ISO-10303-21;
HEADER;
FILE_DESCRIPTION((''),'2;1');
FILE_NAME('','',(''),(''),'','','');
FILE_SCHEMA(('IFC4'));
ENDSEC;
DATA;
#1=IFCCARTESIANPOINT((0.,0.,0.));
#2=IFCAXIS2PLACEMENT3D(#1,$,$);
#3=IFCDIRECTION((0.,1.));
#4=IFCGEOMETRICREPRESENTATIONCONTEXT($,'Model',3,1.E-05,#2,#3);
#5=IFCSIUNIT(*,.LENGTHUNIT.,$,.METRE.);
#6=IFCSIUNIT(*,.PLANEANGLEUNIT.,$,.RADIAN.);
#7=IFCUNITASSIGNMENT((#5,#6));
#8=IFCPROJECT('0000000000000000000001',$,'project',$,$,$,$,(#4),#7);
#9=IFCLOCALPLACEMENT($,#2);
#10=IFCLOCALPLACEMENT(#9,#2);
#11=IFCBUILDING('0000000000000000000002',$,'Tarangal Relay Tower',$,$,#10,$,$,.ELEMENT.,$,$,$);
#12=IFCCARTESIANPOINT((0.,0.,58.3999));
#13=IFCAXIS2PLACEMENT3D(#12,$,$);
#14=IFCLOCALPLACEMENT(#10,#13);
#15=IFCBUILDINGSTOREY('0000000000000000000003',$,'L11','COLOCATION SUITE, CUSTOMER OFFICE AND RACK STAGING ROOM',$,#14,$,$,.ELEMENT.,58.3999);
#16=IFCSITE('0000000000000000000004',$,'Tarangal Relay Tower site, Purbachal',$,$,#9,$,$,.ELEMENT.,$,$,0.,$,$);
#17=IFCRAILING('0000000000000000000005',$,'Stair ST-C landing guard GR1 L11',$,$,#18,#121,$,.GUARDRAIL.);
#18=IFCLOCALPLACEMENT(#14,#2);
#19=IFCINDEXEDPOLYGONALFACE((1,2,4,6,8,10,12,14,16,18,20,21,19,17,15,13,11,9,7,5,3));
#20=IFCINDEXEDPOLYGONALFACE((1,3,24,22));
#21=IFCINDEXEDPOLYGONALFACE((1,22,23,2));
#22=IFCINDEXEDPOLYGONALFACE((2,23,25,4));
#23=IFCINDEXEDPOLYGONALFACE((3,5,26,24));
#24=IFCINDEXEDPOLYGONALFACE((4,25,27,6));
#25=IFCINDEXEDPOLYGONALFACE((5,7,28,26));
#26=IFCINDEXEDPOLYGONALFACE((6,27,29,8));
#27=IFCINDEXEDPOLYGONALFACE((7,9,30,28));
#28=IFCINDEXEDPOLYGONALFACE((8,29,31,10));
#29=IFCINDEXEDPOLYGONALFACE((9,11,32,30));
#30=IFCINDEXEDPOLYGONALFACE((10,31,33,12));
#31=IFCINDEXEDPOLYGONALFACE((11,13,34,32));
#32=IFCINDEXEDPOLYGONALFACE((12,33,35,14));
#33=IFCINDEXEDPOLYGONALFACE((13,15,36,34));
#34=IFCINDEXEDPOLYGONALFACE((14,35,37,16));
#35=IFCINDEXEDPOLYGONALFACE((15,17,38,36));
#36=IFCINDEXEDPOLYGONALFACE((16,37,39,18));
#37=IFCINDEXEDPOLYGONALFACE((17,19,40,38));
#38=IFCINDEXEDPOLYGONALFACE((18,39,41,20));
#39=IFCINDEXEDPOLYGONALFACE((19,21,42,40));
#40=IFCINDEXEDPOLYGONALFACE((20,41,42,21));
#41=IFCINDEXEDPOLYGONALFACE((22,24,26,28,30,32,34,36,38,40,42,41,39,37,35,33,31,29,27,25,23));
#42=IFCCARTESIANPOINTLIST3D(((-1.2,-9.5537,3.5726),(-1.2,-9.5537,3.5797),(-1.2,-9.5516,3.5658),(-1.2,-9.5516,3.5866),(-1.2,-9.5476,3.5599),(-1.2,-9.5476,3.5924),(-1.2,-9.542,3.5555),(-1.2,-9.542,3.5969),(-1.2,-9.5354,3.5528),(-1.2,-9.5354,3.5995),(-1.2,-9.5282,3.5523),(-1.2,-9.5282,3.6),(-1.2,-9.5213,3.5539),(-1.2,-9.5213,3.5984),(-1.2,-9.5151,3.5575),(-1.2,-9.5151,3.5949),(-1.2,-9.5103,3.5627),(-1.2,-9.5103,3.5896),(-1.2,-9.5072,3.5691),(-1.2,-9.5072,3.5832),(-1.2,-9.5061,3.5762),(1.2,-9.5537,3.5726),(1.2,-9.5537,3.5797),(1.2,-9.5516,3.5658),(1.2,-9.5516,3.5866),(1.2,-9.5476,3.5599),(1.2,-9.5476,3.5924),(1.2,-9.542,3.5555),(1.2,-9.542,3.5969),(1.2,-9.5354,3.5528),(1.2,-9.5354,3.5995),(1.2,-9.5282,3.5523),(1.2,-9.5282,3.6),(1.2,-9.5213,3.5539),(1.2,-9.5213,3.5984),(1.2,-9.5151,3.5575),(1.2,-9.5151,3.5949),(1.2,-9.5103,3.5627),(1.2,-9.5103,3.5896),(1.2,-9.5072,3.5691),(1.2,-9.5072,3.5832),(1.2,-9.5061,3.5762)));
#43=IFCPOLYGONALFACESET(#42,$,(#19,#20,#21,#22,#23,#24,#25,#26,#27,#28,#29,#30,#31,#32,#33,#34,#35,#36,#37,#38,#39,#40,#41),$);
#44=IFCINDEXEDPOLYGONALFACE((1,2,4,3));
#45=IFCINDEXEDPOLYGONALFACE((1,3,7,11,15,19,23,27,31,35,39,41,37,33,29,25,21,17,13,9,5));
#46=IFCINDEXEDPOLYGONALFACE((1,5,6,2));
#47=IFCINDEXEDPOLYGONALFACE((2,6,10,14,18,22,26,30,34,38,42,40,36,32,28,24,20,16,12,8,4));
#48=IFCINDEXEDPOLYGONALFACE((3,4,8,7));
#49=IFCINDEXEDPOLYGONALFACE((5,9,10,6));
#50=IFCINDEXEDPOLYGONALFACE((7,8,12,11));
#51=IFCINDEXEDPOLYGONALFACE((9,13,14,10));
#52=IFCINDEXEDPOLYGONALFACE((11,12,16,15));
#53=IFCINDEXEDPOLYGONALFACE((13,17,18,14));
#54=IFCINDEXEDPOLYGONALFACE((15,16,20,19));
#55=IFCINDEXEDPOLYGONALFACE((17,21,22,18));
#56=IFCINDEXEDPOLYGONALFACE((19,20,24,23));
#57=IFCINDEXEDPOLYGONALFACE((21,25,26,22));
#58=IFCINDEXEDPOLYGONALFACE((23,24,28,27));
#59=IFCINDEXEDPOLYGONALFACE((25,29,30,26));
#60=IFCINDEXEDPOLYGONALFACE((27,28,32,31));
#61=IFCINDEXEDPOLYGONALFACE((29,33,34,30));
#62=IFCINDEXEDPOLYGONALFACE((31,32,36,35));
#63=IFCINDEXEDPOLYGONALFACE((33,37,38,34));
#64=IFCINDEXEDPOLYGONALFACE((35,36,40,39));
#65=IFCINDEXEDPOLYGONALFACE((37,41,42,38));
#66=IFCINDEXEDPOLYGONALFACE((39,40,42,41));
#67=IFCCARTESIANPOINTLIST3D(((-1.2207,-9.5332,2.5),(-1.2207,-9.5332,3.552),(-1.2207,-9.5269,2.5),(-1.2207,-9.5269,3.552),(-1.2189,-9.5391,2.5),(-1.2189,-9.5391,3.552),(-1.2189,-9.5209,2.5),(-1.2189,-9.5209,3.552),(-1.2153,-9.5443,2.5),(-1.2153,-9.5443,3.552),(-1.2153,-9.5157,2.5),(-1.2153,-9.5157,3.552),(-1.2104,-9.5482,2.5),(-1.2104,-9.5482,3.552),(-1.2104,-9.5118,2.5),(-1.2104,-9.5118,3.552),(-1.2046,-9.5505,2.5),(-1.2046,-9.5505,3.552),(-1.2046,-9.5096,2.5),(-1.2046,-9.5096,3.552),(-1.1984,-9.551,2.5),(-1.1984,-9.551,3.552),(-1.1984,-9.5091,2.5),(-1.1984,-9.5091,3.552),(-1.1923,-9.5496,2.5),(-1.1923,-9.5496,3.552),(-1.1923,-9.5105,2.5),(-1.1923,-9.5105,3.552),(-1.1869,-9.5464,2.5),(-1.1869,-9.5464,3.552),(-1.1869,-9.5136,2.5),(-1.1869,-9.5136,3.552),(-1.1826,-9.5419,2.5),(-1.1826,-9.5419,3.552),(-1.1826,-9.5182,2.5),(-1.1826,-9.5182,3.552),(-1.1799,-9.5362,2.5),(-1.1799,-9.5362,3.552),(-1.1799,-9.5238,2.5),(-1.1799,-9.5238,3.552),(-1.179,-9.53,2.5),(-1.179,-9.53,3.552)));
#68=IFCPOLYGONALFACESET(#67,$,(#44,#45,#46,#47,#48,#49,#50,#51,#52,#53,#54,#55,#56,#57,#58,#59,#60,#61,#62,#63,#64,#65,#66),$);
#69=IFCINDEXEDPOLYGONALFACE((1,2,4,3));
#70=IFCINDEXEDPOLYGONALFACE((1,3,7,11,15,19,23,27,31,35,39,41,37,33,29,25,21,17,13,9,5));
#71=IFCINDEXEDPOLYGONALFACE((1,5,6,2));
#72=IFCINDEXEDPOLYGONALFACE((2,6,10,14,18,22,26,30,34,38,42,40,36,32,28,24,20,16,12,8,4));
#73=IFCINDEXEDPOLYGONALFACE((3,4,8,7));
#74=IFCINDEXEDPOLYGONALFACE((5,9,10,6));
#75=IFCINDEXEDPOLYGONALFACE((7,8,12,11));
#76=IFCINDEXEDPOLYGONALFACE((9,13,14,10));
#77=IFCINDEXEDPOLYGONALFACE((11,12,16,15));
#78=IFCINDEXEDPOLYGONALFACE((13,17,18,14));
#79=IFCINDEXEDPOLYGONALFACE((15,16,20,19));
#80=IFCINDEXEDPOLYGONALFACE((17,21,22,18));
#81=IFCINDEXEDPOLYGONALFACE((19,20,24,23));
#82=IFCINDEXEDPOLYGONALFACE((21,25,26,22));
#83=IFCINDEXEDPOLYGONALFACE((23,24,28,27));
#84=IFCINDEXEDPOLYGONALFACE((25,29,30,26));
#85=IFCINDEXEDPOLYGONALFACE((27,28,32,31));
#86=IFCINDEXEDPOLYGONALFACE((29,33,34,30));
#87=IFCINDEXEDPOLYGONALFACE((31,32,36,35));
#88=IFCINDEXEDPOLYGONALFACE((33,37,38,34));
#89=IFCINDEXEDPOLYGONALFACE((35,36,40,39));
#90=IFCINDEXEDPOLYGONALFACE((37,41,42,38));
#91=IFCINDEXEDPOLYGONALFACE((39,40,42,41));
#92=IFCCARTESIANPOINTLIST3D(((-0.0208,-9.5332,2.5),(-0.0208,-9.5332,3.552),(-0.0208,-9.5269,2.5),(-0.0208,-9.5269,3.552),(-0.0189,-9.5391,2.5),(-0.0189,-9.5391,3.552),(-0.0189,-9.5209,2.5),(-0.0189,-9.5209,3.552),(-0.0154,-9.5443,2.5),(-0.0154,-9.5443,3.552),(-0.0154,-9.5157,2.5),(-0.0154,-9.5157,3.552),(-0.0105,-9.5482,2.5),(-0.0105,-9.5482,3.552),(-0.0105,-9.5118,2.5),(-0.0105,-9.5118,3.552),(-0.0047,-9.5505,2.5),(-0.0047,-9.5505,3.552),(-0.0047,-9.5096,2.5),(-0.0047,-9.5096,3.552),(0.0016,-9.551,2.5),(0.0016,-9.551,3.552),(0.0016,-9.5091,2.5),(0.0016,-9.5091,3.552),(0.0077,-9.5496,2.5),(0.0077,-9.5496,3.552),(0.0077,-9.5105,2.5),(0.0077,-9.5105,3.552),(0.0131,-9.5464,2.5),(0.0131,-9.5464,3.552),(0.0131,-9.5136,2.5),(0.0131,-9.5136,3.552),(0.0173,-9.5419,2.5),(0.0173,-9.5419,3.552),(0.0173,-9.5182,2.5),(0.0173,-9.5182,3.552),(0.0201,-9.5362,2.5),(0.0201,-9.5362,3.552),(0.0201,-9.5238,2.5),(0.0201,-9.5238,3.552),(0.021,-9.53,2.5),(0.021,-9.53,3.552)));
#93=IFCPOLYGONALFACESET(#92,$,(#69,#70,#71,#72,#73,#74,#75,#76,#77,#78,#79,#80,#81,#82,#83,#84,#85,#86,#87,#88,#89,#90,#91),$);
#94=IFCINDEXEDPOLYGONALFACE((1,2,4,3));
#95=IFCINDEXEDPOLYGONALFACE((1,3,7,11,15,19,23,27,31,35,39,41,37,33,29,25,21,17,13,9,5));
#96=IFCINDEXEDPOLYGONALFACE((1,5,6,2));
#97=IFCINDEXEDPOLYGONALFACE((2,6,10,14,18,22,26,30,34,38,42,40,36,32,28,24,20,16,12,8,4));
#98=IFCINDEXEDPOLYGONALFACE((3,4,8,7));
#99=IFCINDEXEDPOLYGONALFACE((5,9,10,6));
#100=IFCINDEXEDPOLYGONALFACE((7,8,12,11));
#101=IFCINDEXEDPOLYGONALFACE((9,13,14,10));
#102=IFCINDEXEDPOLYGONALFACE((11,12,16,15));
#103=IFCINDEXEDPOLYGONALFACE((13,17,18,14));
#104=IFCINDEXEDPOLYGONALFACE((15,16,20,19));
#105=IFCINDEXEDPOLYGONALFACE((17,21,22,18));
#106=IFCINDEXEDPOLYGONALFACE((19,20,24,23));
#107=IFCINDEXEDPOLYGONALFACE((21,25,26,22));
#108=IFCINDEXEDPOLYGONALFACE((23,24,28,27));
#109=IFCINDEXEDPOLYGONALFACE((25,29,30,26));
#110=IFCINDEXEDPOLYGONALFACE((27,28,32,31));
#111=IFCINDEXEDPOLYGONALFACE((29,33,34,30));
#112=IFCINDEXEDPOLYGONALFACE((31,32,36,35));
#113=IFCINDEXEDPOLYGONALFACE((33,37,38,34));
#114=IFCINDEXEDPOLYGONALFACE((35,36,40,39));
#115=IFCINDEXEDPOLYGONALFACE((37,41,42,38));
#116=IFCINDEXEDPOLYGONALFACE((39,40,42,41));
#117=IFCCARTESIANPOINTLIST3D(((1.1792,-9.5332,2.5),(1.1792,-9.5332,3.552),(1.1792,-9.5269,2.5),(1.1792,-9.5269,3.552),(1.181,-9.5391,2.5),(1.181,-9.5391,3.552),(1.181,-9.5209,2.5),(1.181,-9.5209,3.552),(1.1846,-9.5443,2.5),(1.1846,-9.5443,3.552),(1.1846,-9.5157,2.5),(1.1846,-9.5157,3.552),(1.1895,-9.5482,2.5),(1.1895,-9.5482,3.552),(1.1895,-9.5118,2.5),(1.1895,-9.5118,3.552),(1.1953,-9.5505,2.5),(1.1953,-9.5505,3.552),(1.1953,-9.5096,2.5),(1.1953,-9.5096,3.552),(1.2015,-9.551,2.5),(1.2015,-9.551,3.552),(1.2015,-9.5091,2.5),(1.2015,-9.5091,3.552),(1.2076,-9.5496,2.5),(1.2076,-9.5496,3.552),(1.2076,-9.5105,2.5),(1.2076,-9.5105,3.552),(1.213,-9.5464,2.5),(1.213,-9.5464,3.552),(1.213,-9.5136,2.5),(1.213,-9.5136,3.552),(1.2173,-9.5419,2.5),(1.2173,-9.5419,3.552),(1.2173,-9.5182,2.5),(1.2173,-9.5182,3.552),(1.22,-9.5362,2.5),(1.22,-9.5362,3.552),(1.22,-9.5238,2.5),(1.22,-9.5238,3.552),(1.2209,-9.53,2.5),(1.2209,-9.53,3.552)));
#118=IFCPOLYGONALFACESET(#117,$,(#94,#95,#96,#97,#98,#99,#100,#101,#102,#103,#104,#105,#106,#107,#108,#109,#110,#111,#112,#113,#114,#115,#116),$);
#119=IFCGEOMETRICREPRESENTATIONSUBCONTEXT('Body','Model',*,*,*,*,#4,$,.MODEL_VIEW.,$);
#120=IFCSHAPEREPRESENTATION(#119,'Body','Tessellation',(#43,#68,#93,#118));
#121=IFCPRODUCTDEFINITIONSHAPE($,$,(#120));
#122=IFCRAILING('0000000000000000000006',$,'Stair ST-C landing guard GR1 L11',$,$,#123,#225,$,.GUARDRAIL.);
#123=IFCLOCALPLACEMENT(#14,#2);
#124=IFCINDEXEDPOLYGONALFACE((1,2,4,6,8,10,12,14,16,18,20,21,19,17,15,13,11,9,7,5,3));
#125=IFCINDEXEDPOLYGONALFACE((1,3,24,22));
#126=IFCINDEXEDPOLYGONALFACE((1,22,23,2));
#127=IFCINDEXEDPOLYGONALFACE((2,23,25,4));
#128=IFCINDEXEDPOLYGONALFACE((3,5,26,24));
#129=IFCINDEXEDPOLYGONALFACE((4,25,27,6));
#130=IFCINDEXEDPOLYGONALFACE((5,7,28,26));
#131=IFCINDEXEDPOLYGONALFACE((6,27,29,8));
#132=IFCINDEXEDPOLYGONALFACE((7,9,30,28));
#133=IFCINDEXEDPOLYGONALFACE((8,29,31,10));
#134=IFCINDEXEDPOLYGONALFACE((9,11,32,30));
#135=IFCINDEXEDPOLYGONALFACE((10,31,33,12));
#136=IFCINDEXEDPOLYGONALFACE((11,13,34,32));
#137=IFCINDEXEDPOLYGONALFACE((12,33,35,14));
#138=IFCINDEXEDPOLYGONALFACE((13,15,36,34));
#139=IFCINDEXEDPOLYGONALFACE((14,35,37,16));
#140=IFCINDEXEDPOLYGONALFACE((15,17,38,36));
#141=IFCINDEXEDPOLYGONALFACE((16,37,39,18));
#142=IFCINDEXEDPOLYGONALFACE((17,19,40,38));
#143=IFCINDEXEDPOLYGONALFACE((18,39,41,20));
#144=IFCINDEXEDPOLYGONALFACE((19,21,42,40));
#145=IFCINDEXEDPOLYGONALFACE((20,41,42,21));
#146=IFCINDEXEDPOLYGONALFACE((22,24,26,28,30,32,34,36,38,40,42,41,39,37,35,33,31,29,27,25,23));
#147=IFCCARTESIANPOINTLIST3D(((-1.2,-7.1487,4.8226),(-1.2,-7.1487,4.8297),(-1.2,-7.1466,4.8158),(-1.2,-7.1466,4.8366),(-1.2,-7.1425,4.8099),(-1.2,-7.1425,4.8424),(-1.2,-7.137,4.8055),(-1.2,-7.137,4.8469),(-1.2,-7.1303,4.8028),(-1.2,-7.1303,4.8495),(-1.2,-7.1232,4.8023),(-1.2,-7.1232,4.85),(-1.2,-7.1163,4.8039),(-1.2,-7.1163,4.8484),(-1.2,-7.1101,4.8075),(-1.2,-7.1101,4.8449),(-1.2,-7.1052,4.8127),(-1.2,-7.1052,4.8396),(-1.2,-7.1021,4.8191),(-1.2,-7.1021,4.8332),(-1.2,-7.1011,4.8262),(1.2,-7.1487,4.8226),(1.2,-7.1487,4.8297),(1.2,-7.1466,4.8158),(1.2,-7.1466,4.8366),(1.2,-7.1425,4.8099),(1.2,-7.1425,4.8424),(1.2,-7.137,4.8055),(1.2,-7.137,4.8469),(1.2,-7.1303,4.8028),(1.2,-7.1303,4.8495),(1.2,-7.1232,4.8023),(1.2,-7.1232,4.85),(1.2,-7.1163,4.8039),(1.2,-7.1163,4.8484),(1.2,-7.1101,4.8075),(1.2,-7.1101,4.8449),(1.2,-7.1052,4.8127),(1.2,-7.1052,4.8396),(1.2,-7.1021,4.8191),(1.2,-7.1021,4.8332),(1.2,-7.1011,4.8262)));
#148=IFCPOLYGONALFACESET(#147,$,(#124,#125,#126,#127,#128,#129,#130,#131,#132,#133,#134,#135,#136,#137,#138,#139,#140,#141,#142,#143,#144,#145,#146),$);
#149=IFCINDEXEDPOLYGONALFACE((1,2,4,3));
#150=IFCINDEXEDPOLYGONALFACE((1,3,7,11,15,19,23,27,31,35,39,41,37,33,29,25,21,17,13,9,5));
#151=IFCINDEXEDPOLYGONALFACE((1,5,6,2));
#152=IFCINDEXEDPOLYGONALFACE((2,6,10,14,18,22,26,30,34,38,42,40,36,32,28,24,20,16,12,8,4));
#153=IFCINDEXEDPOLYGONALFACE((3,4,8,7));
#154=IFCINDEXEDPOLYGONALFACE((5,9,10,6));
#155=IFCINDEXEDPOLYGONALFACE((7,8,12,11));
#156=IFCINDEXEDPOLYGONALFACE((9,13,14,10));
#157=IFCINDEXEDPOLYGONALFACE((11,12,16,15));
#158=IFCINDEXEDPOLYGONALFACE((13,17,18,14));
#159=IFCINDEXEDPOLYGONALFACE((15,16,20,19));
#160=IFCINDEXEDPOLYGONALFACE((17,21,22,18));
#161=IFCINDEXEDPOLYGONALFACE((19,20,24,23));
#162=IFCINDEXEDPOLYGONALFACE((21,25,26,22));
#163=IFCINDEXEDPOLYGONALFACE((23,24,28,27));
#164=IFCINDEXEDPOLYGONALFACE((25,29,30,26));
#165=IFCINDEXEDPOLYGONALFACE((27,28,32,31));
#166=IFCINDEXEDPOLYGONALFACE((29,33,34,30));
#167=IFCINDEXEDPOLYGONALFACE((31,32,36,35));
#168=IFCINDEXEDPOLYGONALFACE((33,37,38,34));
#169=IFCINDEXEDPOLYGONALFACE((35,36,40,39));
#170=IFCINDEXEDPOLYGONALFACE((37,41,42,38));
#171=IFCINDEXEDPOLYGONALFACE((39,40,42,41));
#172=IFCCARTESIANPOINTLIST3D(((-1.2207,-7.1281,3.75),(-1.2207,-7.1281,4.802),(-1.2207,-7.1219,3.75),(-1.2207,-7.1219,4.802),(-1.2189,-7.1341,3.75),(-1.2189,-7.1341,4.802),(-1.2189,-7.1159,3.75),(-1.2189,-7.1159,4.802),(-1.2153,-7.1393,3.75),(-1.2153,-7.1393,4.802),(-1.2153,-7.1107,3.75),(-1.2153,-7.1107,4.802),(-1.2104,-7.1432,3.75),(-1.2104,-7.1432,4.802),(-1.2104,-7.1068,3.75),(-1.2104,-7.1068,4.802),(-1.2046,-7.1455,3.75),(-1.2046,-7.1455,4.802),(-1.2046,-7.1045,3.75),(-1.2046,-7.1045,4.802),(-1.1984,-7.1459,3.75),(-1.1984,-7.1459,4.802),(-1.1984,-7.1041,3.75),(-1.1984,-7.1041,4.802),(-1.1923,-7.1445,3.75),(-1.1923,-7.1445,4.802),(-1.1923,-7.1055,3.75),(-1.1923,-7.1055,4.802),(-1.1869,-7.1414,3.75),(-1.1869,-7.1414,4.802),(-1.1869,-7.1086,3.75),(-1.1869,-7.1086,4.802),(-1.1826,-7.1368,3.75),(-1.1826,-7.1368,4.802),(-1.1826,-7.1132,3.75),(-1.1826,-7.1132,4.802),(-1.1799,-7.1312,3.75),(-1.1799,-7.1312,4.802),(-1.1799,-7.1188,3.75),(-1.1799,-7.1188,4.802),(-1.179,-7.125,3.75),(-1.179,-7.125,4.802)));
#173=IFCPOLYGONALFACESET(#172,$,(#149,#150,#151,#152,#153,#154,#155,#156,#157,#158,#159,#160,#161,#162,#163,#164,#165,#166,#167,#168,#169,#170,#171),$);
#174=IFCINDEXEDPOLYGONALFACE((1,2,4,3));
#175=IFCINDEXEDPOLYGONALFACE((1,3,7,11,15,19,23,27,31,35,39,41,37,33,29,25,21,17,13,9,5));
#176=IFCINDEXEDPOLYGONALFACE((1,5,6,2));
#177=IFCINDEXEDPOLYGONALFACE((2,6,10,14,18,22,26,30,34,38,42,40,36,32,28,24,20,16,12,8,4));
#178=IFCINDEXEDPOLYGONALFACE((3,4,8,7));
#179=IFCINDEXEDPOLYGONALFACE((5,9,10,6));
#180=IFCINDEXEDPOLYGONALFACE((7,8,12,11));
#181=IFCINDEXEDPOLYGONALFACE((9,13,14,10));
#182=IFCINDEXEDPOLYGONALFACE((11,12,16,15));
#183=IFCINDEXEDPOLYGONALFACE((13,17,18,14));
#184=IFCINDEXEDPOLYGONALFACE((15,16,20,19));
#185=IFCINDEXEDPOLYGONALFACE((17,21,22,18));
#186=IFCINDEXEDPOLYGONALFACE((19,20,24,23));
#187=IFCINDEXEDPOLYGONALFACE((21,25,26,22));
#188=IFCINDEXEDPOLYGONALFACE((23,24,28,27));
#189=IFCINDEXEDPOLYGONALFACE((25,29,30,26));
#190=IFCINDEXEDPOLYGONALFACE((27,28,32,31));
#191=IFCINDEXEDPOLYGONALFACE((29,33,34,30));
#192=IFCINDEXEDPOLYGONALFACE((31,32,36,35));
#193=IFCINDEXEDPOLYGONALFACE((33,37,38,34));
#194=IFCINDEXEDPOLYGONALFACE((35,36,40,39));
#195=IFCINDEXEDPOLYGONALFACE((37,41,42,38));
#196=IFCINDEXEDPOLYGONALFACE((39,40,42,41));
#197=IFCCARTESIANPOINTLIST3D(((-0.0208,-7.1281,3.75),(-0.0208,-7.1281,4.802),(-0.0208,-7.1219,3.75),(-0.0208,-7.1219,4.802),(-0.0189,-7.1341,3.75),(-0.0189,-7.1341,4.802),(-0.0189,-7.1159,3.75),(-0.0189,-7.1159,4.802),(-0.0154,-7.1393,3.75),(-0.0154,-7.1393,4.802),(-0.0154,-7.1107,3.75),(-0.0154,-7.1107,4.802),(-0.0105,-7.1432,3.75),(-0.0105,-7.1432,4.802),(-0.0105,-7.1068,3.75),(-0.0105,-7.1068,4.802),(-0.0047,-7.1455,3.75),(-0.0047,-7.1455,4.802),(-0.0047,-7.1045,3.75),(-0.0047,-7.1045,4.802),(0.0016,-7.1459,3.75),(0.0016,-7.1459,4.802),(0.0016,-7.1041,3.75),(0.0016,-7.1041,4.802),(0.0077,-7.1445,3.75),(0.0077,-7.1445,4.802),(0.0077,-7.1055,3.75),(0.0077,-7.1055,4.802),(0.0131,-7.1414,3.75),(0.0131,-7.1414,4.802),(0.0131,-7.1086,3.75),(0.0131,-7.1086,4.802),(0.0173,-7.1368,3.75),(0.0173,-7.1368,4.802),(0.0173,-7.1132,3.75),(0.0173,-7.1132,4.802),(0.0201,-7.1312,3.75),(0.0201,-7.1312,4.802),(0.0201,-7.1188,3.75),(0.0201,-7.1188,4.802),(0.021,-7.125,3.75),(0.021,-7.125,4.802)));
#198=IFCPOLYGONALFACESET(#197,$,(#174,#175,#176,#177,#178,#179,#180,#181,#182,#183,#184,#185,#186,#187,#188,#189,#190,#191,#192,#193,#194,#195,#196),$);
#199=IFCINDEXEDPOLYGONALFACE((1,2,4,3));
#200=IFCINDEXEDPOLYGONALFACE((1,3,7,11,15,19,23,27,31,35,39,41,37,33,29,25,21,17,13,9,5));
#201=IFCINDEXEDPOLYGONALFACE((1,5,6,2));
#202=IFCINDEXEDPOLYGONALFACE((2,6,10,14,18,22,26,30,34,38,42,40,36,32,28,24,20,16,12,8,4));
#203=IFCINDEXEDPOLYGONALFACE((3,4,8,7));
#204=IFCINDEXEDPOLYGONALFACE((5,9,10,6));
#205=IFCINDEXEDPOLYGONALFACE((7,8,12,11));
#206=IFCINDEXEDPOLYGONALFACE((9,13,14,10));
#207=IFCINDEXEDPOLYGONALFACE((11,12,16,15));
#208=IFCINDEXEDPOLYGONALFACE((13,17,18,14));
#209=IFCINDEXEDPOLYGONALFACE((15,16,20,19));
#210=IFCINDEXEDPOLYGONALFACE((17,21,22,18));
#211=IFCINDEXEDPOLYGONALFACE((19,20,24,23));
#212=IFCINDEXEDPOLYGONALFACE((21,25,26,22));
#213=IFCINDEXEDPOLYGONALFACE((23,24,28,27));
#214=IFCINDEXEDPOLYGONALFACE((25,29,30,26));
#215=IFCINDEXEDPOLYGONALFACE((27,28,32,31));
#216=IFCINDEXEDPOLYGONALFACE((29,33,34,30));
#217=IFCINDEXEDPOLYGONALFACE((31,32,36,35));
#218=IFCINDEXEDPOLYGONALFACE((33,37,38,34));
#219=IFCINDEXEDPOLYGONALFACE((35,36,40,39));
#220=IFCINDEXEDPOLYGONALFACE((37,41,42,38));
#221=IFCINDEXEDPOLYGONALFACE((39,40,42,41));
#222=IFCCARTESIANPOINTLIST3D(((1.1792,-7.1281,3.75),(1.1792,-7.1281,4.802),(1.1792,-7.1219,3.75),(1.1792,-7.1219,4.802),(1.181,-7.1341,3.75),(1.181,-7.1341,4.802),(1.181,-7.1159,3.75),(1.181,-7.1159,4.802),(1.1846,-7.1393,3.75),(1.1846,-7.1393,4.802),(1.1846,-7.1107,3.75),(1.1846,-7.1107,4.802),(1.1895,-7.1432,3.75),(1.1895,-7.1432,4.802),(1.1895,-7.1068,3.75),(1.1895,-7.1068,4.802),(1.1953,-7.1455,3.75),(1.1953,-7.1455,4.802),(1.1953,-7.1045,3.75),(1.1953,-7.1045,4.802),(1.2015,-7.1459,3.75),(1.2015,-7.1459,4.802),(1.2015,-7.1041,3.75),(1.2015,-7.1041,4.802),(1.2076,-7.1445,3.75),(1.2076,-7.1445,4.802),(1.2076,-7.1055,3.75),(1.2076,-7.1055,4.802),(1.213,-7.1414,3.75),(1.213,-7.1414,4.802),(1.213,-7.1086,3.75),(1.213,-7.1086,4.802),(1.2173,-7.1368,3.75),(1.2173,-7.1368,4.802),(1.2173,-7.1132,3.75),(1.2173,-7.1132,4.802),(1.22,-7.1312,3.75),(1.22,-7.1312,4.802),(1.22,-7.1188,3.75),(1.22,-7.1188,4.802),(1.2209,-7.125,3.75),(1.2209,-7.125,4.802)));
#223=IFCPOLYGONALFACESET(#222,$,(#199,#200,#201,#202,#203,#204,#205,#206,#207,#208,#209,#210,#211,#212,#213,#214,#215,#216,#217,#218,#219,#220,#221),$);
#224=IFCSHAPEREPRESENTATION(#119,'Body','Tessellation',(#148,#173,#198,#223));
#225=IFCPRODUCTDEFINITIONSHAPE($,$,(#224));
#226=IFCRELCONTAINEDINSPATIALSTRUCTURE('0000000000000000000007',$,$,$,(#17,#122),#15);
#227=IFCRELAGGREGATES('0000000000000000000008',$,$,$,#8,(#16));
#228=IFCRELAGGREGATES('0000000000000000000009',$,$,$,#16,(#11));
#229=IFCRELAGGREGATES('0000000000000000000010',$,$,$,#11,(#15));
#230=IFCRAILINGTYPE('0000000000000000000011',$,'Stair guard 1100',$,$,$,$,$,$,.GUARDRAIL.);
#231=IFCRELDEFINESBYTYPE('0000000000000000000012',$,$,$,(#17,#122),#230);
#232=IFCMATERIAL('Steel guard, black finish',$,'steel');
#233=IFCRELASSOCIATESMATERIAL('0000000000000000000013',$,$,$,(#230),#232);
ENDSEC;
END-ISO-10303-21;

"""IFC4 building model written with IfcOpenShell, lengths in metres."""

from ifc_helpers import new_model, si_unit, direction, frame, origin, origin_2d, place, context, subcontext, project, spatial, circle, extrude, material, type_object, element, save


model = new_model("IFC4")

# Units and contexts
model_context = context("Model", 3, precision=1e-05, world=origin(), true_north=direction((0.0, 1.0)))
body_context = subcontext(model_context, "Body", "Model", "MODEL_VIEW")
ifc_project = project(units=[si_unit("LENGTHUNIT", "METRE"), si_unit("PLANEANGLEUNIT", "RADIAN")], contexts=[model_context])

# Site, building, storey
site_placement = place(None, origin())
site = spatial("IfcSite", under=ifc_project, at=site_placement, Name="Tarangal Relay Tower site, Purbachal", CompositionType="ELEMENT", RefElevation=0.0)
building_placement = place(site_placement, origin())
building = spatial("IfcBuilding", under=site, at=building_placement, Name="Tarangal Relay Tower", CompositionType="ELEMENT")
storey_placement = place(building_placement, frame((0.0, 0.0, 58.3999)))
storey = spatial("IfcBuildingStorey", under=building, at=storey_placement, Name="L11", Description="COLOCATION SUITE, CUSTOMER OFFICE AND RACK STAGING ROOM", CompositionType="ELEMENT", Elevation=58.3999)

# Railings
ifc_material_1 = material(Name="Steel guard, black finish", Category="steel")
railing_type_1 = type_object("IfcRailingType", Name="Stair guard 1100", PredefinedType="GUARDRAIL", material=ifc_material_1)
for number, where, name in (
    (1, (-1.2, -9.53, 2.5), "Stair ST-C landing guard GR1 L11"),
    (2, (-1.2, -7.125, 3.75), "Stair ST-C landing guard GR1 L11"),
):
    element("IfcRailing", number, at=place(storey_placement, frame(where)), inside=storey, type_object=railing_type_1, Name=name, PredefinedType="GUARDRAIL", context=body_context, shape_type="SweptSolid", body=[
        extrude(circle(Radius=0.0239, at=origin_2d()), frame((0.0, 0.0, 1.0762), z_axis=(1.0, 0.0, 0.0), x_axis=(0.0, 1.0, 0.0)), (0.0, 0.0, 1.0), 2.3999),
        extrude(circle(Radius=0.021, at=origin_2d()), origin(), (0.0, 0.0, 1.0), 1.052),
        extrude(circle(Radius=0.021, at=origin_2d()), frame((1.2, 0.0, 0.0)), (0.0, 0.0, 1.0), 1.052),
        extrude(circle(Radius=0.021, at=origin_2d()), frame((2.3999, 0.0, 0.0)), (0.0, 0.0, 1.0), 1.052),
    ])

save(model, "model.ifc")
